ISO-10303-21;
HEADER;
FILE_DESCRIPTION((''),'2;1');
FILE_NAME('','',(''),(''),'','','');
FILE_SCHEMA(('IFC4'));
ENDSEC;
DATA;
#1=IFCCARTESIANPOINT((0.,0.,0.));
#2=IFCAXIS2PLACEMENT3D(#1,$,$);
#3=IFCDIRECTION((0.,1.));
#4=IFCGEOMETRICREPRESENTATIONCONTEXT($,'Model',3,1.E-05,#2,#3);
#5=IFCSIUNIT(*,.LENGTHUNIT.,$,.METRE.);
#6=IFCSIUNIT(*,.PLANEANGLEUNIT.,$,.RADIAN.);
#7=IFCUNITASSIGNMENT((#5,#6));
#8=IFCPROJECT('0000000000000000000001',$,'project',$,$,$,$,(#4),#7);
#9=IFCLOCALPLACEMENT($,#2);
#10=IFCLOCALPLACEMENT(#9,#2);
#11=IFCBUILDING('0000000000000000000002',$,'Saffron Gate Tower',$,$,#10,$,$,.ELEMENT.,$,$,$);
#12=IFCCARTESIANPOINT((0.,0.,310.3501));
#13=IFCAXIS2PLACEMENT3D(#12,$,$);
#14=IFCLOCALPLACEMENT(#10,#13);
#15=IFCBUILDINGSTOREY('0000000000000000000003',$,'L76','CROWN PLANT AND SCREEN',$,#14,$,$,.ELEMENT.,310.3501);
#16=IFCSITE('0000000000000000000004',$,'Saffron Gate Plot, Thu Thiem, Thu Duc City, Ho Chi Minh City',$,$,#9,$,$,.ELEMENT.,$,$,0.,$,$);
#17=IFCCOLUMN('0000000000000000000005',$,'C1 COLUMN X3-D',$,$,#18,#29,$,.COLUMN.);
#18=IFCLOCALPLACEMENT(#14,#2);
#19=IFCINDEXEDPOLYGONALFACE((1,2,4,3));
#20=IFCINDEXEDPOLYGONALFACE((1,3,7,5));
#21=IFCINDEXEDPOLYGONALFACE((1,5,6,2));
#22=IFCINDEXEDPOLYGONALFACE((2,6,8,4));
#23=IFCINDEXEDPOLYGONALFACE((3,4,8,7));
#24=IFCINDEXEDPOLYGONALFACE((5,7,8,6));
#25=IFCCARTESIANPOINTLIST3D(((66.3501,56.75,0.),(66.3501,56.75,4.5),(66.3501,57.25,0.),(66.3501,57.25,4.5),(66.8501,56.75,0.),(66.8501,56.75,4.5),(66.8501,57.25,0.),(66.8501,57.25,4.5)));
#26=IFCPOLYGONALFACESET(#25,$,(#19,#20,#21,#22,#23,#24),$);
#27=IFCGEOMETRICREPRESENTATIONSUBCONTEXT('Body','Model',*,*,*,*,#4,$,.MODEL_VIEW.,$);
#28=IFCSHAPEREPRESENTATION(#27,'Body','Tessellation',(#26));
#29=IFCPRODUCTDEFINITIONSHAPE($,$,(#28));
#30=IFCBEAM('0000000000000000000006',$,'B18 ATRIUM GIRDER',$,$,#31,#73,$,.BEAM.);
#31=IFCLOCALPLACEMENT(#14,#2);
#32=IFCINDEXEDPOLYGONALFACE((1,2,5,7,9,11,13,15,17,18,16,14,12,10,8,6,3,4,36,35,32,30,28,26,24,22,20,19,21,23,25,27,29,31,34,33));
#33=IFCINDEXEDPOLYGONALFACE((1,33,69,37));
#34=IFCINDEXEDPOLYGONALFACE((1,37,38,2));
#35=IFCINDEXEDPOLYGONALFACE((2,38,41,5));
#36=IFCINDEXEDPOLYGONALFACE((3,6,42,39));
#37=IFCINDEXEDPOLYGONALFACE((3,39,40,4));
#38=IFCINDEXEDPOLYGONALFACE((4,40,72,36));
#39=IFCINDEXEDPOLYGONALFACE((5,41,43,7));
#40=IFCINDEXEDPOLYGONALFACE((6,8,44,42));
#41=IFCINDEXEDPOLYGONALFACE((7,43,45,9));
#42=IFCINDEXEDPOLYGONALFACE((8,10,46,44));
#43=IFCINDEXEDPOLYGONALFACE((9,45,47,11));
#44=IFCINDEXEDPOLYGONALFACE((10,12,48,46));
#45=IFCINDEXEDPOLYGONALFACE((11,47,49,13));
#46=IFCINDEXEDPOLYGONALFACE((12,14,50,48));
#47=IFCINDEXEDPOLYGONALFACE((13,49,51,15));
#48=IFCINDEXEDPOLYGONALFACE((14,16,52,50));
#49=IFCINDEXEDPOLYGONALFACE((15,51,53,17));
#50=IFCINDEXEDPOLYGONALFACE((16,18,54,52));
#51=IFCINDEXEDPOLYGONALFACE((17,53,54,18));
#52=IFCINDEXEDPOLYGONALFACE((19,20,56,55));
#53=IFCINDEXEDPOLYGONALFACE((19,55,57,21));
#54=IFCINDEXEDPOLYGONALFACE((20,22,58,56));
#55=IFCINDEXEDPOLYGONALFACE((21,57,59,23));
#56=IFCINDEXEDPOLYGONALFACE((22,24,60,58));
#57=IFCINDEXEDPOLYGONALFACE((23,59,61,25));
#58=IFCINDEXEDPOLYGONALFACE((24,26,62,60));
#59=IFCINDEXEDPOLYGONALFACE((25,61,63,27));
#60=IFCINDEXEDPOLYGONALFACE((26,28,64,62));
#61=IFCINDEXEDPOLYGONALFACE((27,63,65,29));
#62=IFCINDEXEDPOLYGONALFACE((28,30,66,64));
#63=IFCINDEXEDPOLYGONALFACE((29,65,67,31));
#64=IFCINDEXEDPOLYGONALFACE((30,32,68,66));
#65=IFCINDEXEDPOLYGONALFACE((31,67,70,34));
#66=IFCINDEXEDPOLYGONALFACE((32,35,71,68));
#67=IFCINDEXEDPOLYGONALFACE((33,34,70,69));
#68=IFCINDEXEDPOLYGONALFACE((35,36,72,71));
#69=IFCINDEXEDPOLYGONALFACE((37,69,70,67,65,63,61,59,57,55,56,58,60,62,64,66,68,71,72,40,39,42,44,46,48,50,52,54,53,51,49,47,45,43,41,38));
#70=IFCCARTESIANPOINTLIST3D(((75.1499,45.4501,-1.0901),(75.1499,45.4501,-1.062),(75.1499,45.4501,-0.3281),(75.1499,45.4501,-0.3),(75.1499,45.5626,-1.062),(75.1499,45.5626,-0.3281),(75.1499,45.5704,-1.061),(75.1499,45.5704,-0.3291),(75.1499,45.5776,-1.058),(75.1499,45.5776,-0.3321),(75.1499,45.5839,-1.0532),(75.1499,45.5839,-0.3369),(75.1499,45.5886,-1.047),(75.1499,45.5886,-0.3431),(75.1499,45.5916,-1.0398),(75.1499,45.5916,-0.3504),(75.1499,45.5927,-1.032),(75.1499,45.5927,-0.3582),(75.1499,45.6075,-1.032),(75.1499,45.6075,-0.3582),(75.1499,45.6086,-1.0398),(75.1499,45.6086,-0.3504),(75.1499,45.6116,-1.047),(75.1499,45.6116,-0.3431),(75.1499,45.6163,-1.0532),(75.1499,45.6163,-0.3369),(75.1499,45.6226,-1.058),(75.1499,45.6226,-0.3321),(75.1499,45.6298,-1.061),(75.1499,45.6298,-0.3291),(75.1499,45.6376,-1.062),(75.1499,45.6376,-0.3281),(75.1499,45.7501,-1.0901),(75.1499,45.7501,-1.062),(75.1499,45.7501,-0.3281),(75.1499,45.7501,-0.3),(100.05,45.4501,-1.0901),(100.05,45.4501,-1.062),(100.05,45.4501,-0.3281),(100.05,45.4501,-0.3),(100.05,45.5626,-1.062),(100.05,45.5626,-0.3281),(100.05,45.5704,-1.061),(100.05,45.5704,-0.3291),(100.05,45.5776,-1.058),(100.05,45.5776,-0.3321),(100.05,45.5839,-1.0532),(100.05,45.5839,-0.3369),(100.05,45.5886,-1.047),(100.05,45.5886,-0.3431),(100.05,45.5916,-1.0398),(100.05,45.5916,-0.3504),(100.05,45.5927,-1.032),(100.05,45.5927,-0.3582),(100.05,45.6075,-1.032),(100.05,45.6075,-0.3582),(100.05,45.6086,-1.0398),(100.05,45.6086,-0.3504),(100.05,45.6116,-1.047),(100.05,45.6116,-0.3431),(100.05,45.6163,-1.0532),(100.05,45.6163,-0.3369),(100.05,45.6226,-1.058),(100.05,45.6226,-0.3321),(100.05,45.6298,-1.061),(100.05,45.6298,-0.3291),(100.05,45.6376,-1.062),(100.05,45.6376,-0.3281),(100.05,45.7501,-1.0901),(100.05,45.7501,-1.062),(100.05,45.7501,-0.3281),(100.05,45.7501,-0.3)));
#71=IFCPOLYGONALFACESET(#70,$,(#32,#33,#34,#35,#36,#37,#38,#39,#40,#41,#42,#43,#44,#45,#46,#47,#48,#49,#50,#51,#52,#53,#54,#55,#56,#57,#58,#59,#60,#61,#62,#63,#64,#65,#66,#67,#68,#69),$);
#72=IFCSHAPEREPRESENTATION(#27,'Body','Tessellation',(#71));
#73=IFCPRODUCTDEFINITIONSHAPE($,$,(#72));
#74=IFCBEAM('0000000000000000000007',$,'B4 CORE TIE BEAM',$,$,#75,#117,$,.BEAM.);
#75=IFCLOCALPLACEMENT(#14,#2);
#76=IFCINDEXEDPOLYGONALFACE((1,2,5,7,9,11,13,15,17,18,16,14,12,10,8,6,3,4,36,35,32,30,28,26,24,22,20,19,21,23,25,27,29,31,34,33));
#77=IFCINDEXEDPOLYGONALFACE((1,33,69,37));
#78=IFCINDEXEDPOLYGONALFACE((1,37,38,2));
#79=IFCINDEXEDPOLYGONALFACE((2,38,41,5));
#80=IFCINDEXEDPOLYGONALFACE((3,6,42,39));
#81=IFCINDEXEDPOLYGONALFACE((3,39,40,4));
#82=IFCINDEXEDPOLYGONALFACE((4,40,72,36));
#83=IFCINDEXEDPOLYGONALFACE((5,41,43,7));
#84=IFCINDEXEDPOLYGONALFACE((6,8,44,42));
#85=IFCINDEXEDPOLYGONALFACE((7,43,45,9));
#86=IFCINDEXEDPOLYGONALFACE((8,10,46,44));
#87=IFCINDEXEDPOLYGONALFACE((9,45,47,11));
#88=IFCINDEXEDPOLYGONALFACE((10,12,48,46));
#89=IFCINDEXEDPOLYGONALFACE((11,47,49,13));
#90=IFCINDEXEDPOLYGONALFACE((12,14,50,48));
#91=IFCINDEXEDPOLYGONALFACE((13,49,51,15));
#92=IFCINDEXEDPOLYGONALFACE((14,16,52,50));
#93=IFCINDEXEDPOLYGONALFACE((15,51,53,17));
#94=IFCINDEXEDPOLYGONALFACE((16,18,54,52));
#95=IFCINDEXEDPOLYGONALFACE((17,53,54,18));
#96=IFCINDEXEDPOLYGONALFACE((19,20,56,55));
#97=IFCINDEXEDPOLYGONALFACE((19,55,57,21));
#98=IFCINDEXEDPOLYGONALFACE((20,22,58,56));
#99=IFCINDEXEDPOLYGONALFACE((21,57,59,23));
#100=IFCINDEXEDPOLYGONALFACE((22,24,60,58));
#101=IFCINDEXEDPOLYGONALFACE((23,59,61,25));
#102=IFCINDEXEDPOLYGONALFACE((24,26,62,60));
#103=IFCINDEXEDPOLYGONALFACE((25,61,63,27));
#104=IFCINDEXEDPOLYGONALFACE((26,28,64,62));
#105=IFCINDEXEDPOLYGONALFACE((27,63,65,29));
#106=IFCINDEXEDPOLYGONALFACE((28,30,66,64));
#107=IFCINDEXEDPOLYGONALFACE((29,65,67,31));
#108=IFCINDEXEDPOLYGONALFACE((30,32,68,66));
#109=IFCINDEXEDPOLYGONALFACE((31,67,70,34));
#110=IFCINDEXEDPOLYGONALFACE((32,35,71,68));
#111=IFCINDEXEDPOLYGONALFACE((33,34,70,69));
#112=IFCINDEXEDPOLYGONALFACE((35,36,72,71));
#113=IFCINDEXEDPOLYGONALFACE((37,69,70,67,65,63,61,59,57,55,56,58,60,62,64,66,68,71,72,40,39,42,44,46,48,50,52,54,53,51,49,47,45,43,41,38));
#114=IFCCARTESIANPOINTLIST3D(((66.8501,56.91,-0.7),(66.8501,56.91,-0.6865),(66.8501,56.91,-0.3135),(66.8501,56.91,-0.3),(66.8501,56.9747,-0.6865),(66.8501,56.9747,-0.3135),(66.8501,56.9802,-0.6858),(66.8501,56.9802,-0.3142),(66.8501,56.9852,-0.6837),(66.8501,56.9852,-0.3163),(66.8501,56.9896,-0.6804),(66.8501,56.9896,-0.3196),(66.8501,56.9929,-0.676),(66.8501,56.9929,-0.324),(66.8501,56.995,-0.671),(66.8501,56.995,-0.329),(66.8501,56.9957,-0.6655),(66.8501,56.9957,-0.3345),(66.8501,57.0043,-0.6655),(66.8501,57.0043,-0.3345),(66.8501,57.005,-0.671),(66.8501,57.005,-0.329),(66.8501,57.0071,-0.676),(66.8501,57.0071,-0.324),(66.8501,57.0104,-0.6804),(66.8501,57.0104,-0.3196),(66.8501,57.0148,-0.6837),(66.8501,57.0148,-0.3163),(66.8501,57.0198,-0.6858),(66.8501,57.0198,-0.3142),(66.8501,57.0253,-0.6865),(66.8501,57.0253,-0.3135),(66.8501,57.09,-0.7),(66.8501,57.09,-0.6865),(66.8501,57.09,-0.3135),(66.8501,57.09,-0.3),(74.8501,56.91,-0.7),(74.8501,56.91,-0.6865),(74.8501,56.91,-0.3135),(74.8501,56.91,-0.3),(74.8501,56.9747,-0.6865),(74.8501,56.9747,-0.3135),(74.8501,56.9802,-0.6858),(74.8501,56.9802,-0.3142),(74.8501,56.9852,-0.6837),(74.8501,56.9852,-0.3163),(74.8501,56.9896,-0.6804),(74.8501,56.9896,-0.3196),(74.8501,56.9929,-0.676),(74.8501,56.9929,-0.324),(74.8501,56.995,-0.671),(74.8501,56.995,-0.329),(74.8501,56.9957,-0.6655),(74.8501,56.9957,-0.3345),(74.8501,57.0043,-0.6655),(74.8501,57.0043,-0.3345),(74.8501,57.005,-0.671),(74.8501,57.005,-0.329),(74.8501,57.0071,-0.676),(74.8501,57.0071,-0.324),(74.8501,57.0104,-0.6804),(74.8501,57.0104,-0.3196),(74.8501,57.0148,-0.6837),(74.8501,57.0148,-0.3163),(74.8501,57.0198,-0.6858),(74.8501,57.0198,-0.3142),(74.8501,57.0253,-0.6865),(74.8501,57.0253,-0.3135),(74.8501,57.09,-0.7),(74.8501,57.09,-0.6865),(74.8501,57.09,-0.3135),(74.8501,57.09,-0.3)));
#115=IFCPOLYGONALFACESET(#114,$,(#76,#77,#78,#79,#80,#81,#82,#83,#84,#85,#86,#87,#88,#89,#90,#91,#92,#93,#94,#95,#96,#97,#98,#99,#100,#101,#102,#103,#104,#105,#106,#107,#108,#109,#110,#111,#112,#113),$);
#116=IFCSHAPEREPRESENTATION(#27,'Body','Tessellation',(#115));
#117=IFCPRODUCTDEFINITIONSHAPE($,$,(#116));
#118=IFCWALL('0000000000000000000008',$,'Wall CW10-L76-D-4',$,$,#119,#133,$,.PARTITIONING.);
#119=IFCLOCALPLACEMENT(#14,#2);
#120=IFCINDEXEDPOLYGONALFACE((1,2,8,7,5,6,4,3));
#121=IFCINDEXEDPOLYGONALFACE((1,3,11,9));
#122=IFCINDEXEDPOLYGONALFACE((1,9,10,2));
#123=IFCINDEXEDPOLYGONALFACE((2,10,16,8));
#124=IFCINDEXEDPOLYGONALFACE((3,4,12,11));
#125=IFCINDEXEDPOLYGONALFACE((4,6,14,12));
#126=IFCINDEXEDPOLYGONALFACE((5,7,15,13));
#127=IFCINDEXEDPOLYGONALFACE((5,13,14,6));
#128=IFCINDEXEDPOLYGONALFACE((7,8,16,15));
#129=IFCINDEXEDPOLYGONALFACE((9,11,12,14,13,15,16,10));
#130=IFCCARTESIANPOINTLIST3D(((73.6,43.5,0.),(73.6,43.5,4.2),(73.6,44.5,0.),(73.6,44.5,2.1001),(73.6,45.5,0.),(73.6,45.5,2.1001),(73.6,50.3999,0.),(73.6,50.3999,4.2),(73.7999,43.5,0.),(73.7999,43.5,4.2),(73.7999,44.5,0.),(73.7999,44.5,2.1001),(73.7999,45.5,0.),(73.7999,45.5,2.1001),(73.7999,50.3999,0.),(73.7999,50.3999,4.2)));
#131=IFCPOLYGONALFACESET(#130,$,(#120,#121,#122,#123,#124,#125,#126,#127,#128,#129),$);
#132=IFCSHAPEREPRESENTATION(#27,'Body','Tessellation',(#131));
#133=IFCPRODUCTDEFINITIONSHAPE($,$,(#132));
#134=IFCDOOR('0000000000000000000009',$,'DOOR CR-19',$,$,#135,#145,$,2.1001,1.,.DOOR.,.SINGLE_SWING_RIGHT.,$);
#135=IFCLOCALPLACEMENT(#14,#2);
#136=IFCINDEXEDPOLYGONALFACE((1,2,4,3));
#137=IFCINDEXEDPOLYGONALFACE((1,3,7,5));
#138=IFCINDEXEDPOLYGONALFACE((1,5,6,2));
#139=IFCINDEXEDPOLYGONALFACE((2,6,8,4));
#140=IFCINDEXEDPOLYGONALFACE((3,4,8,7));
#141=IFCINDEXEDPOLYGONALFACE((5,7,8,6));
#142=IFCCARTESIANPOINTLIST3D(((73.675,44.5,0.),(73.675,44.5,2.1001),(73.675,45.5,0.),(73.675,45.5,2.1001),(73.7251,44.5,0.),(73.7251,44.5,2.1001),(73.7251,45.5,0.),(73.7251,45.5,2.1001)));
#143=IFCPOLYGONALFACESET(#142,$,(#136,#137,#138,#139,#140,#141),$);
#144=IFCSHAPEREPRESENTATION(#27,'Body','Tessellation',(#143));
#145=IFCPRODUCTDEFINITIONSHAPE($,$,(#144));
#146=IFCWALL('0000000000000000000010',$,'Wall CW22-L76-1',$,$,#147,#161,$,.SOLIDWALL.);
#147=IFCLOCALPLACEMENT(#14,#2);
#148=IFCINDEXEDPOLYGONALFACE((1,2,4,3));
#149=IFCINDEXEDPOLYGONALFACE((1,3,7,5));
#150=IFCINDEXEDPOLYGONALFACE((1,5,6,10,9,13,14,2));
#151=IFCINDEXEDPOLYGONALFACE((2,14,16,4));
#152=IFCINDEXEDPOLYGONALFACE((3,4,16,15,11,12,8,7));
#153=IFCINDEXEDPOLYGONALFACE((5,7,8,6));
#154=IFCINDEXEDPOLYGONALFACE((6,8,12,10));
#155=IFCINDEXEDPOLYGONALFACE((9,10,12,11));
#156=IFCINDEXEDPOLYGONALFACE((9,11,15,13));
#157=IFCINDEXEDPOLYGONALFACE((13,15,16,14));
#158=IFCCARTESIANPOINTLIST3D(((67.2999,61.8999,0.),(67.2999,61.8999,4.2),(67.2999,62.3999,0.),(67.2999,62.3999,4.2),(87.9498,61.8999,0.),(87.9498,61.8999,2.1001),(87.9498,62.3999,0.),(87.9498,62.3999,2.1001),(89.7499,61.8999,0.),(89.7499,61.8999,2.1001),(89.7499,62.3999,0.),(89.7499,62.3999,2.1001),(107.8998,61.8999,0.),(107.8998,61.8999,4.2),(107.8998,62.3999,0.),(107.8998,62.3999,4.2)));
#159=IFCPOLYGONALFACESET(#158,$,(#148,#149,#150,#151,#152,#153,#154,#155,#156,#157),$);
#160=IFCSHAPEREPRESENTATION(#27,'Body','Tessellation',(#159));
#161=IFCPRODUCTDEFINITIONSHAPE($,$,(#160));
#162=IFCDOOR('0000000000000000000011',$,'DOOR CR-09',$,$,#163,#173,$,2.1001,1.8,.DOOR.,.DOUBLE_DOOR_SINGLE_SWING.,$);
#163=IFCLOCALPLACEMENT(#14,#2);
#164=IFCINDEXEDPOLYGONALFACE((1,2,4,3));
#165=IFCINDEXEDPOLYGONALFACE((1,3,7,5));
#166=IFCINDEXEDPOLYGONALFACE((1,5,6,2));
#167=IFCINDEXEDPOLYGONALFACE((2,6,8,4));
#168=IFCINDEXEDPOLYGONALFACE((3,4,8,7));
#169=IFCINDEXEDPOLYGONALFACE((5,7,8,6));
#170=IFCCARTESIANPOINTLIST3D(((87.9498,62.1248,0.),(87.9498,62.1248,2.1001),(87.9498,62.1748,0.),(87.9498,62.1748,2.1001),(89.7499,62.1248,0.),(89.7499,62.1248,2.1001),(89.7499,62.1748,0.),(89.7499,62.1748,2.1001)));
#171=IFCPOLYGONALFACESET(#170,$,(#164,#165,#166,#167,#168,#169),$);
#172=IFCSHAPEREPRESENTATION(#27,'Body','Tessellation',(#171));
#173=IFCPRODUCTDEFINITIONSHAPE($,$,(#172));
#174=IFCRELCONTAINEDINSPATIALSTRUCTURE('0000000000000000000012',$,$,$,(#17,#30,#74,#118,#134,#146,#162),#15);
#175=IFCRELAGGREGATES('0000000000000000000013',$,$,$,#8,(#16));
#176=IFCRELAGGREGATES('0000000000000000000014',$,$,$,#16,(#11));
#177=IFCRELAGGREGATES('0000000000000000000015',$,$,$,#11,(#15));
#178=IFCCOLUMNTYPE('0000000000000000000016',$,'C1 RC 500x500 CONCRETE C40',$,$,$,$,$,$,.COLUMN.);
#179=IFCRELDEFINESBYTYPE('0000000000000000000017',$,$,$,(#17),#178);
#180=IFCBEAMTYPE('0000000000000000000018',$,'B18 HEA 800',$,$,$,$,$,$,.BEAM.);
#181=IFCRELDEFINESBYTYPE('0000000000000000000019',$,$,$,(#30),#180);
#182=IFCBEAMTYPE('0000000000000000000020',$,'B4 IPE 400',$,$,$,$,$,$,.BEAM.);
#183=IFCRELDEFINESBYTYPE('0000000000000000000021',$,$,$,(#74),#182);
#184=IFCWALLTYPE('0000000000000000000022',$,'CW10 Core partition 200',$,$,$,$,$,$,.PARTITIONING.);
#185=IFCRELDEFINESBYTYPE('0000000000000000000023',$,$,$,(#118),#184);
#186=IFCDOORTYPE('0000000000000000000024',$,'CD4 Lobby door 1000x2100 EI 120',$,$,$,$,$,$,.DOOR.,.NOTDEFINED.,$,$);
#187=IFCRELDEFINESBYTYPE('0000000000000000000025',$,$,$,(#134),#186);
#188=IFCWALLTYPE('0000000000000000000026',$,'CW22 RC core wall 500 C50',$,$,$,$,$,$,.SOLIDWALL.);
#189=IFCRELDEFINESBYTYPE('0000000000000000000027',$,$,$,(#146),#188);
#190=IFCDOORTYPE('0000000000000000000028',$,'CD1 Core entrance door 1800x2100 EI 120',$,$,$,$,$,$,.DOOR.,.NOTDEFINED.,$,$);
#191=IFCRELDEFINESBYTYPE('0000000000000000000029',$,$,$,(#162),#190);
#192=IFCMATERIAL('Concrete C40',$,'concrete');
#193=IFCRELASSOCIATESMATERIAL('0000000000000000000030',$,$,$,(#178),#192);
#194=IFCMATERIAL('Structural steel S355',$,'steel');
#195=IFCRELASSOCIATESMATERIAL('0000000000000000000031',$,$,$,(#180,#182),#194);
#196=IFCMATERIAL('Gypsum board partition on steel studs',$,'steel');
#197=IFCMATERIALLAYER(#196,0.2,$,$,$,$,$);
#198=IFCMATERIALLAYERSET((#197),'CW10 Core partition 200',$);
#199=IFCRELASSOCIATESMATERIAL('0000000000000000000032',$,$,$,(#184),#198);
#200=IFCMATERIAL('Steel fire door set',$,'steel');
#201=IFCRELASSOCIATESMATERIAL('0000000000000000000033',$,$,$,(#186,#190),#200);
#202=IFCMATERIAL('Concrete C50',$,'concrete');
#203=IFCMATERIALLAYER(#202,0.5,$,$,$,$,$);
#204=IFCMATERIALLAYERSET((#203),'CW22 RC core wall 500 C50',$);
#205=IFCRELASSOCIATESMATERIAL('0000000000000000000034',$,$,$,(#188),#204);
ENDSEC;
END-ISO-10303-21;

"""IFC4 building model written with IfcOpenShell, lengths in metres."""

from ifc_helpers import new_model, si_unit, direction, frame, frame_2d, origin, origin_2d, place, context, subcontext, project, spatial, rectangle, i_section, extrude, material, layer, layer_set, material_profile, profile_set, type_object, element, fill, save


model = new_model("IFC4")

# Units and contexts
model_context = context("Model", 3, precision=1e-05, world=origin(), true_north=direction((0.0, 1.0)))
body_context = subcontext(model_context, "Body", "Model", "MODEL_VIEW")
ifc_project = project(units=[si_unit("LENGTHUNIT", "METRE"), si_unit("PLANEANGLEUNIT", "RADIAN")], contexts=[model_context])

# Site, building, storey
site_placement = place(None, origin())
site = spatial("IfcSite", under=ifc_project, at=site_placement, Name="Saffron Gate Plot, Thu Thiem, Thu Duc City, Ho Chi Minh City", CompositionType="ELEMENT", RefElevation=0.0)
building_placement = place(site_placement, origin())
building = spatial("IfcBuilding", under=site, at=building_placement, Name="Saffron Gate Tower", CompositionType="ELEMENT")
storey_placement = place(building_placement, frame((0.0, 0.0, 310.3501)))
storey = spatial("IfcBuildingStorey", under=building, at=storey_placement, Name="L76", Description="CROWN PLANT AND SCREEN", CompositionType="ELEMENT", Elevation=310.3501)

# Column
ifc_material_1 = material(Name="Concrete C40", Category="concrete")
ifc_material_profile_1 = material_profile(ifc_material_1, rectangle(XDim=0.5, YDim=0.5, at=origin_2d()))
ifc_profile_set_1 = profile_set([ifc_material_profile_1], Name="Concrete C40")
column_type = type_object("IfcColumnType", Name="C1 RC 500x500 CONCRETE C40", PredefinedType="COLUMN", material=ifc_profile_set_1)
column_placement = place(storey_placement, frame((66.6001, 57.0, 0.0), z_axis=(0.0, 0.0, 1.0), x_axis=(1.0, 0.0, 0.0)))
element("IfcColumn", 1, at=column_placement, inside=storey, type_object=column_type, Name="C1 COLUMN X3-D", PredefinedType="COLUMN", context=body_context, shape_type="SweptSolid", body=[
    extrude(rectangle(XDim=0.5, YDim=0.5, at=origin_2d()), origin(), (0.0, 0.0, 1.0), 4.5),
])

# Beams
ifc_material_2 = material(Name="Structural steel S355", Category="steel")
ifc_material_profile_2 = material_profile(ifc_material_2, i_section(OverallWidth=0.3, OverallDepth=0.79, WebThickness=0.0149, FlangeThickness=0.0281, FilletRadius=0.03, at=origin_2d()))
ifc_profile_set_2 = profile_set([ifc_material_profile_2], Name="Structural steel S355")
beam_type_1 = type_object("IfcBeamType", Name="B18 HEA 800", PredefinedType="BEAM", material=ifc_profile_set_2)
beam_1_placement = place(storey_placement, frame((75.1499, 45.6001, -0.6951), z_axis=(1.0, 0.0, 0.0), x_axis=(0.0, 1.0, 0.0)))
element("IfcBeam", 2, at=beam_1_placement, inside=storey, type_object=beam_type_1, Name="B18 ATRIUM GIRDER", PredefinedType="BEAM", context=body_context, shape_type="SweptSolid", body=[
    extrude(i_section(OverallWidth=0.3, OverallDepth=0.79, WebThickness=0.0149, FlangeThickness=0.0281, FilletRadius=0.03, at=origin_2d()), origin(), (0.0, 0.0, 1.0), 24.9001),
])
ifc_material_profile_3 = material_profile(ifc_material_2, i_section(OverallWidth=0.1799, OverallDepth=0.3999, WebThickness=0.0085, FlangeThickness=0.0134, FilletRadius=0.021, at=origin_2d()))
ifc_profile_set_3 = profile_set([ifc_material_profile_3], Name="Structural steel S355")
beam_type_2 = type_object("IfcBeamType", Name="B4 IPE 400", PredefinedType="BEAM", material=ifc_profile_set_3)
beam_2_placement = place(storey_placement, frame((66.8501, 57.0, -0.5), z_axis=(1.0, 0.0, 0.0), x_axis=(0.0, 1.0, 0.0)))
element("IfcBeam", 3, at=beam_2_placement, inside=storey, type_object=beam_type_2, Name="B4 CORE TIE BEAM", PredefinedType="BEAM", context=body_context, shape_type="SweptSolid", body=[
    extrude(i_section(OverallWidth=0.1799, OverallDepth=0.3999, WebThickness=0.0085, FlangeThickness=0.0134, FilletRadius=0.021, at=origin_2d()), origin(), (0.0, 0.0, 1.0), 8.0),
])

# Walls, openings, doors
ifc_material_3 = material(Name="Gypsum board partition on steel studs", Category="steel")
ifc_layer_1 = layer(ifc_material_3, 0.2)
ifc_layer_set_1 = layer_set([ifc_layer_1], Name="CW10 Core partition 200")
wall_type_1 = type_object("IfcWallType", Name="CW10 Core partition 200", PredefinedType="PARTITIONING", material=ifc_layer_set_1)
wall_1_placement = place(storey_placement, frame((73.7, 43.5, 0.0), z_axis=(0.0, 0.0, 1.0), x_axis=(0.0, 1.0, 0.0)))
wall_1 = element("IfcWall", 4, at=wall_1_placement, inside=storey, type_object=wall_type_1, Name="Wall CW10-L76-D-4", PredefinedType="PARTITIONING", context=body_context, shape_type="SweptSolid", body=[
    extrude(rectangle(XDim=6.8999, YDim=0.2, at=frame_2d((3.45, 0.0))), origin(), (0.0, 0.0, 1.0), 4.2),
])
opening_1_placement = place(wall_1_placement, frame((1.0, 0.0, 0.0)))
opening_1 = element("IfcOpeningElement", 5, at=opening_1_placement, cuts=wall_1, PredefinedType="OPENING", context=body_context, shape_type="SweptSolid", body=[
    extrude(rectangle(XDim=1.0, YDim=2.1001, at=frame_2d((0.5, 1.05))), frame((0.0, 0.1099, 0.0), z_axis=(0.0, -1.0, 0.0), x_axis=(1.0, 0.0, 0.0)), (0.0, 0.0, 1.0), 0.22),
])
ifc_material_4 = material(Name="Steel fire door set", Category="steel")
door_type_1 = type_object("IfcDoorType", Name="CD4 Lobby door 1000x2100 EI 120", OperationType="NOTDEFINED", PredefinedType="DOOR", material=ifc_material_4)
door_1_placement = place(opening_1_placement, origin())
door_1 = element("IfcDoor", 6, at=door_1_placement, inside=storey, type_object=door_type_1, Name="DOOR CR-19", OperationType="SINGLE_SWING_RIGHT", OverallHeight=2.1001, OverallWidth=1.0, PredefinedType="DOOR", context=body_context, shape_type="SweptSolid", body=[
    extrude(rectangle(XDim=1.0, YDim=2.1001, at=frame_2d((0.5, 1.05))), frame((0.0, 0.0249, 0.0), z_axis=(0.0, -1.0, 0.0), x_axis=(1.0, 0.0, 0.0)), (0.0, 0.0, 1.0), 0.05),
])
fill(opening_1, door_1)
ifc_material_5 = material(Name="Concrete C50", Category="concrete")
ifc_layer_2 = layer(ifc_material_5, 0.5)
ifc_layer_set_2 = layer_set([ifc_layer_2], Name="CW22 RC core wall 500 C50")
wall_type_2 = type_object("IfcWallType", Name="CW22 RC core wall 500 C50", PredefinedType="SOLIDWALL", material=ifc_layer_set_2)
wall_2_placement = place(storey_placement, frame((67.3, 62.1499, 0.0), z_axis=(0.0, 0.0, 1.0), x_axis=(1.0, 0.0, 0.0)))
wall_2 = element("IfcWall", 7, at=wall_2_placement, inside=storey, type_object=wall_type_2, Name="Wall CW22-L76-1", PredefinedType="SOLIDWALL", context=body_context, shape_type="SweptSolid", body=[
    extrude(rectangle(XDim=40.5999, YDim=0.5, at=frame_2d((20.2998, 0.0))), origin(), (0.0, 0.0, 1.0), 4.2),
])
opening_2_placement = place(wall_2_placement, frame((20.6499, 0.0, 0.0)))
opening_2 = element("IfcOpeningElement", 8, at=opening_2_placement, cuts=wall_2, PredefinedType="OPENING", context=body_context, shape_type="SweptSolid", body=[
    extrude(rectangle(XDim=1.8, YDim=2.1001, at=frame_2d((0.8999, 1.05))), frame((0.0, 0.26, 0.0), z_axis=(0.0, -1.0, 0.0), x_axis=(1.0, 0.0, 0.0)), (0.0, 0.0, 1.0), 0.52),
])
door_type_2 = type_object("IfcDoorType", Name="CD1 Core entrance door 1800x2100 EI 120", OperationType="NOTDEFINED", PredefinedType="DOOR", material=ifc_material_4)
door_2_placement = place(opening_2_placement, origin())
door_2 = element("IfcDoor", 9, at=door_2_placement, inside=storey, type_object=door_type_2, Name="DOOR CR-09", OperationType="DOUBLE_DOOR_SINGLE_SWING", OverallHeight=2.1001, OverallWidth=1.8, PredefinedType="DOOR", context=body_context, shape_type="SweptSolid", body=[
    extrude(rectangle(XDim=1.8, YDim=2.1001, at=frame_2d((0.8999, 1.05))), frame((0.0, 0.0249, 0.0), z_axis=(0.0, -1.0, 0.0), x_axis=(1.0, 0.0, 0.0)), (0.0, 0.0, 1.0), 0.05),
])
fill(opening_2, door_2)

save(model, "model.ifc")
